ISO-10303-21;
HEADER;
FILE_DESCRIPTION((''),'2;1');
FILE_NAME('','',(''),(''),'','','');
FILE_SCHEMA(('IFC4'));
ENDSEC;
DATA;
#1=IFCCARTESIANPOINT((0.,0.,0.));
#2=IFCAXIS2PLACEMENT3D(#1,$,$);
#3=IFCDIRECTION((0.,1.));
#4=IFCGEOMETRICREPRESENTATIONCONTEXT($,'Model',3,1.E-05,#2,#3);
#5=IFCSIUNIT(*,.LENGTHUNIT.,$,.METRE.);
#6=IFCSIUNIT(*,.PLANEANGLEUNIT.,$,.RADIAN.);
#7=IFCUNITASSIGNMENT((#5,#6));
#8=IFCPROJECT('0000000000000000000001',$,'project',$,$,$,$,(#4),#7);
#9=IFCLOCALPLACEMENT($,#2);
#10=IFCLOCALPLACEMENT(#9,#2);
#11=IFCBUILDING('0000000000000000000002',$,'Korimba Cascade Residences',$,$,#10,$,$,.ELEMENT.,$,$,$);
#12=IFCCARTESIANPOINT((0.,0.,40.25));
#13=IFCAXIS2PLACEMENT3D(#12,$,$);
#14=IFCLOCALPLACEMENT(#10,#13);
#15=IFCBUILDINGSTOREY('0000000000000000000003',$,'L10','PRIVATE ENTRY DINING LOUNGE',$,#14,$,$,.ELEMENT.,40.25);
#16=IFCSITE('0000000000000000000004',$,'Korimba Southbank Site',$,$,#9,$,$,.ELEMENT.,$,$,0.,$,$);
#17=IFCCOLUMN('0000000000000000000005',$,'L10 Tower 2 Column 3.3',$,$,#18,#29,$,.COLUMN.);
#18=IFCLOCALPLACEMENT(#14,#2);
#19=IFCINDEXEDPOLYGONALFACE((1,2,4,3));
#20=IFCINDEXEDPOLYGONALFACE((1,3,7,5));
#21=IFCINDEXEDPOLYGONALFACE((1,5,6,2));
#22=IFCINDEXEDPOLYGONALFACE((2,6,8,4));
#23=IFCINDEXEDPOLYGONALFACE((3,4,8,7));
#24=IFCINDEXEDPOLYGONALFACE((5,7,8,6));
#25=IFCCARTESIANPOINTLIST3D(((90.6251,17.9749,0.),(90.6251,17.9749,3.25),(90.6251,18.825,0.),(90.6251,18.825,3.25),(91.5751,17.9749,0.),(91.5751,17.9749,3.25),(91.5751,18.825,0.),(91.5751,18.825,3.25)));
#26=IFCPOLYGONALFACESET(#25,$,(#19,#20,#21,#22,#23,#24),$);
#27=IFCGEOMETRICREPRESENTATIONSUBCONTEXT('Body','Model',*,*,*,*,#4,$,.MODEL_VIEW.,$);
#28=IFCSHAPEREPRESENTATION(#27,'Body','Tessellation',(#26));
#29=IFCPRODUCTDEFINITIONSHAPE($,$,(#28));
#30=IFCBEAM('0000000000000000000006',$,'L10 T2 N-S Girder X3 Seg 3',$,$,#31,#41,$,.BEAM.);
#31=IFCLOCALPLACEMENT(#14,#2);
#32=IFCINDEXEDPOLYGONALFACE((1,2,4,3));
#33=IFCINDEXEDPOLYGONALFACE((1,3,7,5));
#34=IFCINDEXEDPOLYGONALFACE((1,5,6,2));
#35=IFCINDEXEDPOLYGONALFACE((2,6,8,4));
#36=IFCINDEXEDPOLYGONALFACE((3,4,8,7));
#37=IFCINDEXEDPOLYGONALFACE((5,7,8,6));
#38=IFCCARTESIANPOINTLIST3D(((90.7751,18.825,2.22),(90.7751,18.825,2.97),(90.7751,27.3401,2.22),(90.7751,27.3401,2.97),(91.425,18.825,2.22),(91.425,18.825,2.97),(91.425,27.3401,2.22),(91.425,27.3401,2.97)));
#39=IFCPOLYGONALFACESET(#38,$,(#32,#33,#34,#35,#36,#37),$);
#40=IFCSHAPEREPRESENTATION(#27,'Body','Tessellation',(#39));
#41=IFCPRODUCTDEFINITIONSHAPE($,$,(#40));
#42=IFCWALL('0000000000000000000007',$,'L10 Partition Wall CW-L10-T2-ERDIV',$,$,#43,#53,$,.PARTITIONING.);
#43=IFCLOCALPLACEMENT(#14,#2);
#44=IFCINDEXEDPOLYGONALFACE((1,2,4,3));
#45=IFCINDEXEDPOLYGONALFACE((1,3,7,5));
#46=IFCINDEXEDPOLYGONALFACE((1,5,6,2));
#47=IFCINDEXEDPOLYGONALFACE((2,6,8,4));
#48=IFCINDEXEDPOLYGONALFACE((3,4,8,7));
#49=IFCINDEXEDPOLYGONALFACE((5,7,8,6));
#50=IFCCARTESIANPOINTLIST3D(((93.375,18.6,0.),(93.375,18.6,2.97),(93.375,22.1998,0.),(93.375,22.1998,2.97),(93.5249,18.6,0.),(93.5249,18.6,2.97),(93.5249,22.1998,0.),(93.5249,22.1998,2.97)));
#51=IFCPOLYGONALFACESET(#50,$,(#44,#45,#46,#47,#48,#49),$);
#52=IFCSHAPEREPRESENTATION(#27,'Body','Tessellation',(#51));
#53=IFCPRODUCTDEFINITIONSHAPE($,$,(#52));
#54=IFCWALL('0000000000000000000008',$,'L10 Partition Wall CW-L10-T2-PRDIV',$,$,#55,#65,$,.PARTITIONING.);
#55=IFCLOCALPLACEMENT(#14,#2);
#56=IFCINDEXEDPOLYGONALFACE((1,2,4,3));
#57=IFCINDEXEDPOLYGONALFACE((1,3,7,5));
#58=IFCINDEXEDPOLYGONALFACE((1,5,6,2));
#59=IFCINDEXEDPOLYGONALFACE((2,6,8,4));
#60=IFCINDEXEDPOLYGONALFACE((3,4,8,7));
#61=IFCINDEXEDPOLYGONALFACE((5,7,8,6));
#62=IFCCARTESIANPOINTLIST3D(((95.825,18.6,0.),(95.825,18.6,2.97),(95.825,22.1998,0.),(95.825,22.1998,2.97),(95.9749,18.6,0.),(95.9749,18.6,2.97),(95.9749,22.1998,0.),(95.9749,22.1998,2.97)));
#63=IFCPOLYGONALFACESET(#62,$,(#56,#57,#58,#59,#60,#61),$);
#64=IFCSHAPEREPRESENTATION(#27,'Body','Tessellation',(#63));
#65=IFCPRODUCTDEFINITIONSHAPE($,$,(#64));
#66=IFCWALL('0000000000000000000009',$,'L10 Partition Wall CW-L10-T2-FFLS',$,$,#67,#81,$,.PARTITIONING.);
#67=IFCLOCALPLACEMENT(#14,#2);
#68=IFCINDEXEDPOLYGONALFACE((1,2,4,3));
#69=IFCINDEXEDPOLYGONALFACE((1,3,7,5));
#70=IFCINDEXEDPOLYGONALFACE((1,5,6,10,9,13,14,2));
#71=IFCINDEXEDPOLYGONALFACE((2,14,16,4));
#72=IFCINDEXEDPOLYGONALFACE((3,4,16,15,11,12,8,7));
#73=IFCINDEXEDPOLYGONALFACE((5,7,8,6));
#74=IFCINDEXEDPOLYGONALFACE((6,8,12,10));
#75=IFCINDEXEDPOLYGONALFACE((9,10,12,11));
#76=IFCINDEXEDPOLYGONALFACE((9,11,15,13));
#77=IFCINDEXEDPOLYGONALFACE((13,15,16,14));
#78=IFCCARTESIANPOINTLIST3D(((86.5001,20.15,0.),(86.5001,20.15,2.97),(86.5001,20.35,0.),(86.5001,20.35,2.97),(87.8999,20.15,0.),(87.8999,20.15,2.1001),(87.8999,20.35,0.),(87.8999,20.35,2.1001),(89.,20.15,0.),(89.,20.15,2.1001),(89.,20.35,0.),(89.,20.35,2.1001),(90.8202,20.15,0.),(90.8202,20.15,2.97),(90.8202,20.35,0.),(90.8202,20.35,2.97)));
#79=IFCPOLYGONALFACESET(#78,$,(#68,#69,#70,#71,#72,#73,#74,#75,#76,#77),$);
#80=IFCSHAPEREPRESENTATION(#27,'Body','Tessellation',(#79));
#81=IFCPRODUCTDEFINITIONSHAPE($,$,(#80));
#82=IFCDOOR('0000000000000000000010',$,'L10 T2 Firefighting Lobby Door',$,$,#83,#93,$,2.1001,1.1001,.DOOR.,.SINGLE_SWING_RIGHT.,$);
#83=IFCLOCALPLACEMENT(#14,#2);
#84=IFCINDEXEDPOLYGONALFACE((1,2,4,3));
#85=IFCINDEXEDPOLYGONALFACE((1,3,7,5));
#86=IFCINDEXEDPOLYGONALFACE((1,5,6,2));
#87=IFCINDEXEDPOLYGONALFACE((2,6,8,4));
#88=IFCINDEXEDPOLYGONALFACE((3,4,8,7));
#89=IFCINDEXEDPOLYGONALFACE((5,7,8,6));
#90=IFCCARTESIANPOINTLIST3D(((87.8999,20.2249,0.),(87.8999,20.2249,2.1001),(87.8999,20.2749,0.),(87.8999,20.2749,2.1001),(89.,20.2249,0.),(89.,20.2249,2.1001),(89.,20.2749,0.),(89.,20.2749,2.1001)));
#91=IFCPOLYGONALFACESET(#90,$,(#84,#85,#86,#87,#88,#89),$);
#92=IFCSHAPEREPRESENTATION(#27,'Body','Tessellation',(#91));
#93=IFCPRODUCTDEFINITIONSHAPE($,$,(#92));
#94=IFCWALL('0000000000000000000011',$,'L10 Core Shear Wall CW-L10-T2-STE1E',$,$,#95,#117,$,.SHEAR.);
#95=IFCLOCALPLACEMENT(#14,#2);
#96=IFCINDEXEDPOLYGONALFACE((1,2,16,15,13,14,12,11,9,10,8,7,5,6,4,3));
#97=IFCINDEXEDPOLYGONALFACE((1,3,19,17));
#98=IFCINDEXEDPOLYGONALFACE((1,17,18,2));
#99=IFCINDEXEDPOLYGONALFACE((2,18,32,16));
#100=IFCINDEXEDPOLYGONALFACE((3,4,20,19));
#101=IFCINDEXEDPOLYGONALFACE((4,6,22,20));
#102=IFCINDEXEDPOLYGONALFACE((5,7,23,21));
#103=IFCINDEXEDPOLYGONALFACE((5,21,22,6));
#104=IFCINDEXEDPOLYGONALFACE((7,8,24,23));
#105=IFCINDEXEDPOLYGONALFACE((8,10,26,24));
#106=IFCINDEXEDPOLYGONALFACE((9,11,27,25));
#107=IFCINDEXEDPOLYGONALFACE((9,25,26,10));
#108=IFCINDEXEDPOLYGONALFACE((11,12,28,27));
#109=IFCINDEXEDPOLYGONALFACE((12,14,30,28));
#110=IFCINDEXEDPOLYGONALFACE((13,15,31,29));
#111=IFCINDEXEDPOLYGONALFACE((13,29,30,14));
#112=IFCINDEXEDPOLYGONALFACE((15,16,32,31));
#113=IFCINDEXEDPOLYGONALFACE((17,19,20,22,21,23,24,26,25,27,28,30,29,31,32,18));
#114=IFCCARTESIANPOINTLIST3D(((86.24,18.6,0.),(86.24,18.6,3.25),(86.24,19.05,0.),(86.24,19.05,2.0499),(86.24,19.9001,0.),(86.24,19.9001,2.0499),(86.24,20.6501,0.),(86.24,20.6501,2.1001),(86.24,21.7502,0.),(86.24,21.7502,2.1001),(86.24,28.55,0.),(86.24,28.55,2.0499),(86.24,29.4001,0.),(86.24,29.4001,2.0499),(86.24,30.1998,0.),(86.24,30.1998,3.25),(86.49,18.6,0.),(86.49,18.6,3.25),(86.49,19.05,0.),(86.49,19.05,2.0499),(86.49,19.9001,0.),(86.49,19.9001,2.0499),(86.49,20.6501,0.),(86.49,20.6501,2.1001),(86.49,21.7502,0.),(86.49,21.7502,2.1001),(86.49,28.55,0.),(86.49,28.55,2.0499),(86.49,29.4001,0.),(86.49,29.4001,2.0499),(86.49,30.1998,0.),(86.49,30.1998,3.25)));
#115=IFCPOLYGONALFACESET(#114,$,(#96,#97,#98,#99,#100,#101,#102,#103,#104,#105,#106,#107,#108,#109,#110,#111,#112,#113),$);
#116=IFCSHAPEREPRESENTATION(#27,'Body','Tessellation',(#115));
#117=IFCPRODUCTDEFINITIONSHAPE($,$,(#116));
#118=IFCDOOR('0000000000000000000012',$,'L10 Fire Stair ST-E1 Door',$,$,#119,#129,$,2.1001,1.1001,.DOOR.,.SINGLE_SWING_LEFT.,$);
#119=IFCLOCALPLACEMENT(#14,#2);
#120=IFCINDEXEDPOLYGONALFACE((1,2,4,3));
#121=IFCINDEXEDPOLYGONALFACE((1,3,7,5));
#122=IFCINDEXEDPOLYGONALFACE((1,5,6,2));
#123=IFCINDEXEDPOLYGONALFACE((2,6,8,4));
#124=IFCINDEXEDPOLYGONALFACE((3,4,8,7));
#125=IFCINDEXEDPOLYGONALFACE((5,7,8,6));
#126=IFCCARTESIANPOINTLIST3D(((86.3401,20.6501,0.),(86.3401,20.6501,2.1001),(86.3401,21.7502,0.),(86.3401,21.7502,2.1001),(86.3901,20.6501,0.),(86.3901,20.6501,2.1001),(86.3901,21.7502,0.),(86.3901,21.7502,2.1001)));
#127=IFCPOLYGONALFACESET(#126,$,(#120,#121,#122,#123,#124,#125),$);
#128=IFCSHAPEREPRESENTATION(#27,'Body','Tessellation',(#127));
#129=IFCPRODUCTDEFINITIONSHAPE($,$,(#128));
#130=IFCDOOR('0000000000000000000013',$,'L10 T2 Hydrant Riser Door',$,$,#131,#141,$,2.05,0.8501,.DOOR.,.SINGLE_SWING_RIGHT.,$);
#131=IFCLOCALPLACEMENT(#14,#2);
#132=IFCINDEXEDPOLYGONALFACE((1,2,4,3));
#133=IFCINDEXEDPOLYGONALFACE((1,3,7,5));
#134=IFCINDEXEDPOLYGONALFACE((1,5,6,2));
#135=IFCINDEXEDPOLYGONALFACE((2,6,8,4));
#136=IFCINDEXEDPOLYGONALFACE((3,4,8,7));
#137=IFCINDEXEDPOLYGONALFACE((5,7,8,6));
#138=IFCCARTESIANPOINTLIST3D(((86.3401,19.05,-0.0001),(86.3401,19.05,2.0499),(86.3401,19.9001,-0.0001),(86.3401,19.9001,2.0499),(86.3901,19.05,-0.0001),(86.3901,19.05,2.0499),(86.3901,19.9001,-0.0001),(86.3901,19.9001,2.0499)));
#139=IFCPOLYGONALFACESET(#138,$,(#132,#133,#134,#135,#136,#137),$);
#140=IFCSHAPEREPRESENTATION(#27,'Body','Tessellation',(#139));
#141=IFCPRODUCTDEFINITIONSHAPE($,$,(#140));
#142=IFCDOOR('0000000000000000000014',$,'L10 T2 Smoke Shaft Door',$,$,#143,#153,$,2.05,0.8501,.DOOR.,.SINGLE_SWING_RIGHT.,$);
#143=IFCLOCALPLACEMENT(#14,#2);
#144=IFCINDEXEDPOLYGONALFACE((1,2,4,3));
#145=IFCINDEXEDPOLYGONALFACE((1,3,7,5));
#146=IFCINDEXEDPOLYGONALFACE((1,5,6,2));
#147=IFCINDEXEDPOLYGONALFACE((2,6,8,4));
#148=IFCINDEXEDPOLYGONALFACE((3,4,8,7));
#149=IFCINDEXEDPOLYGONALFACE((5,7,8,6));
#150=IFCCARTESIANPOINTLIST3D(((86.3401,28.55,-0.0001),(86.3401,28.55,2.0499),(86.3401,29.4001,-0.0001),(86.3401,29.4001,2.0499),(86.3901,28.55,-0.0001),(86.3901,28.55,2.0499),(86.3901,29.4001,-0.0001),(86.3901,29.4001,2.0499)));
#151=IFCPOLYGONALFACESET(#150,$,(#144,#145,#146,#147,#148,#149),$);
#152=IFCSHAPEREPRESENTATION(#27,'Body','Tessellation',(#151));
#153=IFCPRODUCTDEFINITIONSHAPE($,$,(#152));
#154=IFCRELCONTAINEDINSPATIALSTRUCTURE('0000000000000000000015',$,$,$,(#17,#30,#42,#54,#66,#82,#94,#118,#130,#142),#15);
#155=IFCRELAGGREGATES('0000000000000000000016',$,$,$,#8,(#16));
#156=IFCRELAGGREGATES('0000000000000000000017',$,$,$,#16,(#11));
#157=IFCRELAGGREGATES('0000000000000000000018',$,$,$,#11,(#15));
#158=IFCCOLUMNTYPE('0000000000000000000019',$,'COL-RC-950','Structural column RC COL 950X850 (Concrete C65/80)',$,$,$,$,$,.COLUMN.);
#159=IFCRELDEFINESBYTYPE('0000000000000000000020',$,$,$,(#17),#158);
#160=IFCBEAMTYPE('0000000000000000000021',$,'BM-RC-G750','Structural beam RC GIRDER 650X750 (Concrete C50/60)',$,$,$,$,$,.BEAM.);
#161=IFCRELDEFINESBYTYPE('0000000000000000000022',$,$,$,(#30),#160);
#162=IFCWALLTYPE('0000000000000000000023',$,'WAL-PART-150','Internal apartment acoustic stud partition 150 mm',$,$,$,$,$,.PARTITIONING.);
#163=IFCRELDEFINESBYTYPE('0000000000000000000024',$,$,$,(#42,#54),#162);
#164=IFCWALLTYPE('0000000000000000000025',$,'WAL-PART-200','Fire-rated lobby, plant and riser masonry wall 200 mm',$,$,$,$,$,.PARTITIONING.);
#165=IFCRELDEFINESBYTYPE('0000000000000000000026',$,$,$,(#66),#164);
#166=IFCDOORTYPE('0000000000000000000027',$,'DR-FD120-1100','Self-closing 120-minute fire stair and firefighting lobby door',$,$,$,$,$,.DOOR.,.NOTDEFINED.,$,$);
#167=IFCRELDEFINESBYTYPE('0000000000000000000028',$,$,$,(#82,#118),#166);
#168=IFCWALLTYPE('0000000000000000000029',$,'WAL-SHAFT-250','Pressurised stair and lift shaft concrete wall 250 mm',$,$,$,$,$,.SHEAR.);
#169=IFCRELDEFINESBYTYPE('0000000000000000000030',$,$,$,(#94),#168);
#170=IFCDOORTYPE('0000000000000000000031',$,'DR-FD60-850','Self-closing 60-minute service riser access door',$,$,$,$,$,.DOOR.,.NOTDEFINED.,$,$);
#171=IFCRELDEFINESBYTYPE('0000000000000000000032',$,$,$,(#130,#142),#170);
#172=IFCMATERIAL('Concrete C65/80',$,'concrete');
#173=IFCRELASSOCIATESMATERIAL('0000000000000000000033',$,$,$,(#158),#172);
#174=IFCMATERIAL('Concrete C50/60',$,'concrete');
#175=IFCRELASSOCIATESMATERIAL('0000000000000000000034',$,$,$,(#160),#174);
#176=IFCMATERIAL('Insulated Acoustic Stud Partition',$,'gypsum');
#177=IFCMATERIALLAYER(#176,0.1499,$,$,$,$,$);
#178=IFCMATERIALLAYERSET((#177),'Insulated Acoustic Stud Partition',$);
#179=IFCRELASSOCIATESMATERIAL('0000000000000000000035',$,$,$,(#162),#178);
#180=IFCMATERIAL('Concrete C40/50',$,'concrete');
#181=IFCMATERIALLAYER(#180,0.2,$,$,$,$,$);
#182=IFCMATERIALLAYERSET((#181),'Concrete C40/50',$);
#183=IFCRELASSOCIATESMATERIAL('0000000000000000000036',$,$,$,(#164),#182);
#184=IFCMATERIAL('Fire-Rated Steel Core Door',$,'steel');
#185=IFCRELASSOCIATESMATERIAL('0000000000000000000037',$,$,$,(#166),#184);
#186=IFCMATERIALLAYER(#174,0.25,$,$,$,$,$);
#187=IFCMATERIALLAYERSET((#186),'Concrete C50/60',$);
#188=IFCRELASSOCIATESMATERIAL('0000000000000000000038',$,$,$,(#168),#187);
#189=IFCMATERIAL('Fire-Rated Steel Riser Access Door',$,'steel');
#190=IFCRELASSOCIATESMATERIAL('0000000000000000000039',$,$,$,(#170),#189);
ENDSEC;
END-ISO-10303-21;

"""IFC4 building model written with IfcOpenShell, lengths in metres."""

from ifc_helpers import new_model, si_unit, direction, frame, frame_2d, origin, origin_2d, place, context, subcontext, project, spatial, rectangle, extrude, material, layer, layer_set, material_profile, profile_set, type_object, element, fill, save


model = new_model("IFC4")

# Units and contexts
model_context = context("Model", 3, precision=1e-05, world=origin(), true_north=direction((0.0, 1.0)))
body_context = subcontext(model_context, "Body", "Model", "MODEL_VIEW")
ifc_project = project(units=[si_unit("LENGTHUNIT", "METRE"), si_unit("PLANEANGLEUNIT", "RADIAN")], contexts=[model_context])

# Site, building, storey
site_placement = place(None, origin())
site = spatial("IfcSite", under=ifc_project, at=site_placement, Name="Korimba Southbank Site", CompositionType="ELEMENT", RefElevation=0.0)
building_placement = place(site_placement, origin())
building = spatial("IfcBuilding", under=site, at=building_placement, Name="Korimba Cascade Residences", CompositionType="ELEMENT")
storey_placement = place(building_placement, frame((0.0, 0.0, 40.25)))
storey = spatial("IfcBuildingStorey", under=building, at=storey_placement, Name="L10", Description="PRIVATE ENTRY DINING LOUNGE", CompositionType="ELEMENT", Elevation=40.25)

# Column
ifc_material_1 = material(Name="Concrete C65/80", Category="concrete")
ifc_material_profile_1 = material_profile(ifc_material_1, rectangle(XDim=0.95, YDim=0.8501, at=origin_2d()), Name="Concrete C65/80")
ifc_profile_set_1 = profile_set([ifc_material_profile_1], Name="Concrete C65/80")
column_type = type_object("IfcColumnType", Name="COL-RC-950", Description="Structural column RC COL 950X850 (Concrete C65/80)", PredefinedType="COLUMN", material=ifc_profile_set_1)
column_placement = place(storey_placement, frame((91.1001, 18.3999, 0.0), z_axis=(0.0, 0.0, 1.0), x_axis=(1.0, 0.0, 0.0)))
element("IfcColumn", 1, at=column_placement, inside=storey, type_object=column_type, Name="L10 Tower 2 Column 3.3", PredefinedType="COLUMN", context=body_context, shape_type="SweptSolid", body=[
    extrude(rectangle(XDim=0.95, YDim=0.8501, at=origin_2d()), origin(), (0.0, 0.0, 1.0), 3.25),
])

# Beam
ifc_material_2 = material(Name="Concrete C50/60", Category="concrete")
ifc_material_profile_2 = material_profile(ifc_material_2, rectangle(XDim=0.6499, YDim=0.75, at=origin_2d()), Name="Concrete C50/60")
ifc_profile_set_2 = profile_set([ifc_material_profile_2], Name="Concrete C50/60")
beam_type = type_object("IfcBeamType", Name="BM-RC-G750", Description="Structural beam RC GIRDER 650X750 (Concrete C50/60)", PredefinedType="BEAM", material=ifc_profile_set_2)
beam_placement = place(storey_placement, frame((91.1001, 18.825, 2.595), z_axis=(0.0, 1.0, 0.0), x_axis=(-1.0, 0.0, 0.0)))
element("IfcBeam", 2, at=beam_placement, inside=storey, type_object=beam_type, Name="L10 T2 N-S Girder X3 Seg 3", PredefinedType="BEAM", context=body_context, shape_type="SweptSolid", body=[
    extrude(rectangle(XDim=0.6499, YDim=0.75, at=origin_2d()), origin(), (0.0, 0.0, 1.0), 8.5151),
])

# Walls
ifc_material_3 = material(Name="Insulated Acoustic Stud Partition", Category="gypsum")
ifc_layer_1 = layer(ifc_material_3, 0.1499)
ifc_layer_set_1 = layer_set([ifc_layer_1], Name="Insulated Acoustic Stud Partition")
wall_type_1 = type_object("IfcWallType", Name="WAL-PART-150", Description="Internal apartment acoustic stud partition 150 mm", PredefinedType="PARTITIONING", material=ifc_layer_set_1)
for number, where, z_axis, x_axis, name in (
    (3, (93.45, 18.6001, 0.0), (0.0, 0.0, 1.0), (0.0, 1.0, 0.0), "L10 Partition Wall CW-L10-T2-ERDIV"),
    (4, (95.8999, 18.6001, 0.0), (0.0, 0.0, 1.0), (0.0, 1.0, 0.0), "L10 Partition Wall CW-L10-T2-PRDIV"),
):
    element("IfcWall", number, at=place(storey_placement, frame(where, z_axis=z_axis, x_axis=x_axis)), inside=storey, type_object=wall_type_1, Name=name, PredefinedType="PARTITIONING", context=body_context, shape_type="SweptSolid", body=[
        extrude(rectangle(XDim=3.5999, YDim=0.1499, at=frame_2d((1.7998, 0.0))), origin(), (0.0, 0.0, 1.0), 2.97),
    ])

# Wall, opening, door
ifc_material_4 = material(Name="Concrete C40/50", Category="concrete")
ifc_layer_2 = layer(ifc_material_4, 0.2)
ifc_layer_set_2 = layer_set([ifc_layer_2], Name="Concrete C40/50")
wall_type_2 = type_object("IfcWallType", Name="WAL-PART-200", Description="Fire-rated lobby, plant and riser masonry wall 200 mm", PredefinedType="PARTITIONING", material=ifc_layer_set_2)
wall_1_placement = place(storey_placement, frame((86.5, 20.25, 0.0), z_axis=(0.0, 0.0, 1.0), x_axis=(1.0, 0.0, 0.0)))
wall_1 = element("IfcWall", 5, at=wall_1_placement, inside=storey, type_object=wall_type_2, Name="L10 Partition Wall CW-L10-T2-FFLS", PredefinedType="PARTITIONING", context=body_context, shape_type="SweptSolid", body=[
    extrude(rectangle(XDim=4.3201, YDim=0.2, at=frame_2d((2.1602, 0.0))), origin(), (0.0, 0.0, 1.0), 2.97),
])
opening_1_placement = place(wall_1_placement, frame((1.3999, 0.0, 0.0)))
opening_1 = element("IfcOpeningElement", 6, at=opening_1_placement, cuts=wall_1, PredefinedType="OPENING", context=body_context, shape_type="SweptSolid", body=[
    extrude(rectangle(XDim=1.1001, YDim=2.1001, at=frame_2d((0.55, 1.05))), frame((0.0, 0.1099, 0.0), z_axis=(0.0, -1.0, 0.0), x_axis=(1.0, 0.0, 0.0)), (0.0, 0.0, 1.0), 0.22),
])
ifc_material_5 = material(Name="Fire-Rated Steel Core Door", Category="steel")
door_type_1 = type_object("IfcDoorType", Name="DR-FD120-1100", Description="Self-closing 120-minute fire stair and firefighting lobby door", OperationType="NOTDEFINED", PredefinedType="DOOR", material=ifc_material_5)
door_1_placement = place(opening_1_placement, origin())
door_1 = element("IfcDoor", 7, at=door_1_placement, inside=storey, type_object=door_type_1, Name="L10 T2 Firefighting Lobby Door", OperationType="SINGLE_SWING_RIGHT", OverallHeight=2.1001, OverallWidth=1.1001, PredefinedType="DOOR", context=body_context, shape_type="SweptSolid", body=[
    extrude(rectangle(XDim=1.1001, YDim=2.1001, at=frame_2d((0.55, 1.05))), frame((0.0, 0.0249, 0.0), z_axis=(0.0, -1.0, 0.0), x_axis=(1.0, 0.0, 0.0)), (0.0, 0.0, 1.0), 0.05),
])
fill(opening_1, door_1)

# Wall, openings, doors
ifc_layer_3 = layer(ifc_material_2, 0.25)
ifc_layer_set_3 = layer_set([ifc_layer_3], Name="Concrete C50/60")
wall_type_3 = type_object("IfcWallType", Name="WAL-SHAFT-250", Description="Pressurised stair and lift shaft concrete wall 250 mm", PredefinedType="SHEAR", material=ifc_layer_set_3)
wall_2_placement = place(storey_placement, frame((86.365, 18.6001, 0.0), z_axis=(0.0, 0.0, 1.0), x_axis=(0.0, 1.0, 0.0)))
wall_2 = element("IfcWall", 8, at=wall_2_placement, inside=storey, type_object=wall_type_3, Name="L10 Core Shear Wall CW-L10-T2-STE1E", PredefinedType="SHEAR", context=body_context, shape_type="SweptSolid", body=[
    extrude(rectangle(XDim=11.5999, YDim=0.25, at=frame_2d((5.7998, 0.0))), origin(), (0.0, 0.0, 1.0), 3.25),
])
opening_2_placement = place(wall_2_placement, frame((0.45, 0.0, 0.0)))
opening_2 = element("IfcOpeningElement", 9, at=opening_2_placement, cuts=wall_2, PredefinedType="OPENING", context=body_context, shape_type="SweptSolid", body=[
    extrude(rectangle(XDim=0.8501, YDim=2.05, at=frame_2d((0.425, 1.0249))), frame((0.0, 0.135, 0.0), z_axis=(0.0, -1.0, 0.0), x_axis=(1.0, 0.0, 0.0)), (0.0, 0.0, 1.0), 0.27),
])
opening_3_placement = place(wall_2_placement, frame((2.05, 0.0, 0.0)))
opening_3 = element("IfcOpeningElement", 10, at=opening_3_placement, cuts=wall_2, PredefinedType="OPENING", context=body_context, shape_type="SweptSolid", body=[
    extrude(rectangle(XDim=1.1001, YDim=2.1001, at=frame_2d((0.55, 1.05))), frame((0.0, 0.135, 0.0), z_axis=(0.0, -1.0, 0.0), x_axis=(1.0, 0.0, 0.0)), (0.0, 0.0, 1.0), 0.27),
])
opening_4_placement = place(wall_2_placement, frame((9.95, 0.0, 0.0)))
opening_4 = element("IfcOpeningElement", 11, at=opening_4_placement, cuts=wall_2, PredefinedType="OPENING", context=body_context, shape_type="SweptSolid", body=[
    extrude(rectangle(XDim=0.8501, YDim=2.05, at=frame_2d((0.425, 1.0249))), frame((0.0, 0.135, 0.0), z_axis=(0.0, -1.0, 0.0), x_axis=(1.0, 0.0, 0.0)), (0.0, 0.0, 1.0), 0.27),
])
door_2_placement = place(opening_3_placement, origin())
door_2 = element("IfcDoor", 12, at=door_2_placement, inside=storey, type_object=door_type_1, Name="L10 Fire Stair ST-E1 Door", OperationType="SINGLE_SWING_LEFT", OverallHeight=2.1001, OverallWidth=1.1001, PredefinedType="DOOR", context=body_context, shape_type="SweptSolid", body=[
    extrude(rectangle(XDim=1.1001, YDim=2.1001, at=frame_2d((0.55, 1.05))), frame((0.0, 0.0249, 0.0), z_axis=(0.0, -1.0, 0.0), x_axis=(1.0, 0.0, 0.0)), (0.0, 0.0, 1.0), 0.05),
])
fill(opening_3, door_2)
ifc_material_6 = material(Name="Fire-Rated Steel Riser Access Door", Category="steel")
door_type_2 = type_object("IfcDoorType", Name="DR-FD60-850", Description="Self-closing 60-minute service riser access door", OperationType="NOTDEFINED", PredefinedType="DOOR", material=ifc_material_6)
door_3_placement = place(opening_2_placement, origin())
door_3 = element("IfcDoor", 13, at=door_3_placement, inside=storey, type_object=door_type_2, Name="L10 T2 Hydrant Riser Door", OperationType="SINGLE_SWING_RIGHT", OverallHeight=2.05, OverallWidth=0.8501, PredefinedType="DOOR", context=body_context, shape_type="SweptSolid", body=[
    extrude(rectangle(XDim=0.8501, YDim=2.05, at=frame_2d((0.425, 1.0249))), frame((0.0, 0.0249, 0.0), z_axis=(0.0, -1.0, 0.0), x_axis=(1.0, 0.0, 0.0)), (0.0, 0.0, 1.0), 0.05),
])
fill(opening_2, door_3)
door_4_placement = place(opening_4_placement, origin())
door_4 = element("IfcDoor", 14, at=door_4_placement, inside=storey, type_object=door_type_2, Name="L10 T2 Smoke Shaft Door", OperationType="SINGLE_SWING_RIGHT", OverallHeight=2.05, OverallWidth=0.8501, PredefinedType="DOOR", context=body_context, shape_type="SweptSolid", body=[
    extrude(rectangle(XDim=0.8501, YDim=2.05, at=frame_2d((0.425, 1.0249))), frame((0.0, 0.0249, 0.0), z_axis=(0.0, -1.0, 0.0), x_axis=(1.0, 0.0, 0.0)), (0.0, 0.0, 1.0), 0.05),
])
fill(opening_4, door_4)

save(model, "model.ifc")
